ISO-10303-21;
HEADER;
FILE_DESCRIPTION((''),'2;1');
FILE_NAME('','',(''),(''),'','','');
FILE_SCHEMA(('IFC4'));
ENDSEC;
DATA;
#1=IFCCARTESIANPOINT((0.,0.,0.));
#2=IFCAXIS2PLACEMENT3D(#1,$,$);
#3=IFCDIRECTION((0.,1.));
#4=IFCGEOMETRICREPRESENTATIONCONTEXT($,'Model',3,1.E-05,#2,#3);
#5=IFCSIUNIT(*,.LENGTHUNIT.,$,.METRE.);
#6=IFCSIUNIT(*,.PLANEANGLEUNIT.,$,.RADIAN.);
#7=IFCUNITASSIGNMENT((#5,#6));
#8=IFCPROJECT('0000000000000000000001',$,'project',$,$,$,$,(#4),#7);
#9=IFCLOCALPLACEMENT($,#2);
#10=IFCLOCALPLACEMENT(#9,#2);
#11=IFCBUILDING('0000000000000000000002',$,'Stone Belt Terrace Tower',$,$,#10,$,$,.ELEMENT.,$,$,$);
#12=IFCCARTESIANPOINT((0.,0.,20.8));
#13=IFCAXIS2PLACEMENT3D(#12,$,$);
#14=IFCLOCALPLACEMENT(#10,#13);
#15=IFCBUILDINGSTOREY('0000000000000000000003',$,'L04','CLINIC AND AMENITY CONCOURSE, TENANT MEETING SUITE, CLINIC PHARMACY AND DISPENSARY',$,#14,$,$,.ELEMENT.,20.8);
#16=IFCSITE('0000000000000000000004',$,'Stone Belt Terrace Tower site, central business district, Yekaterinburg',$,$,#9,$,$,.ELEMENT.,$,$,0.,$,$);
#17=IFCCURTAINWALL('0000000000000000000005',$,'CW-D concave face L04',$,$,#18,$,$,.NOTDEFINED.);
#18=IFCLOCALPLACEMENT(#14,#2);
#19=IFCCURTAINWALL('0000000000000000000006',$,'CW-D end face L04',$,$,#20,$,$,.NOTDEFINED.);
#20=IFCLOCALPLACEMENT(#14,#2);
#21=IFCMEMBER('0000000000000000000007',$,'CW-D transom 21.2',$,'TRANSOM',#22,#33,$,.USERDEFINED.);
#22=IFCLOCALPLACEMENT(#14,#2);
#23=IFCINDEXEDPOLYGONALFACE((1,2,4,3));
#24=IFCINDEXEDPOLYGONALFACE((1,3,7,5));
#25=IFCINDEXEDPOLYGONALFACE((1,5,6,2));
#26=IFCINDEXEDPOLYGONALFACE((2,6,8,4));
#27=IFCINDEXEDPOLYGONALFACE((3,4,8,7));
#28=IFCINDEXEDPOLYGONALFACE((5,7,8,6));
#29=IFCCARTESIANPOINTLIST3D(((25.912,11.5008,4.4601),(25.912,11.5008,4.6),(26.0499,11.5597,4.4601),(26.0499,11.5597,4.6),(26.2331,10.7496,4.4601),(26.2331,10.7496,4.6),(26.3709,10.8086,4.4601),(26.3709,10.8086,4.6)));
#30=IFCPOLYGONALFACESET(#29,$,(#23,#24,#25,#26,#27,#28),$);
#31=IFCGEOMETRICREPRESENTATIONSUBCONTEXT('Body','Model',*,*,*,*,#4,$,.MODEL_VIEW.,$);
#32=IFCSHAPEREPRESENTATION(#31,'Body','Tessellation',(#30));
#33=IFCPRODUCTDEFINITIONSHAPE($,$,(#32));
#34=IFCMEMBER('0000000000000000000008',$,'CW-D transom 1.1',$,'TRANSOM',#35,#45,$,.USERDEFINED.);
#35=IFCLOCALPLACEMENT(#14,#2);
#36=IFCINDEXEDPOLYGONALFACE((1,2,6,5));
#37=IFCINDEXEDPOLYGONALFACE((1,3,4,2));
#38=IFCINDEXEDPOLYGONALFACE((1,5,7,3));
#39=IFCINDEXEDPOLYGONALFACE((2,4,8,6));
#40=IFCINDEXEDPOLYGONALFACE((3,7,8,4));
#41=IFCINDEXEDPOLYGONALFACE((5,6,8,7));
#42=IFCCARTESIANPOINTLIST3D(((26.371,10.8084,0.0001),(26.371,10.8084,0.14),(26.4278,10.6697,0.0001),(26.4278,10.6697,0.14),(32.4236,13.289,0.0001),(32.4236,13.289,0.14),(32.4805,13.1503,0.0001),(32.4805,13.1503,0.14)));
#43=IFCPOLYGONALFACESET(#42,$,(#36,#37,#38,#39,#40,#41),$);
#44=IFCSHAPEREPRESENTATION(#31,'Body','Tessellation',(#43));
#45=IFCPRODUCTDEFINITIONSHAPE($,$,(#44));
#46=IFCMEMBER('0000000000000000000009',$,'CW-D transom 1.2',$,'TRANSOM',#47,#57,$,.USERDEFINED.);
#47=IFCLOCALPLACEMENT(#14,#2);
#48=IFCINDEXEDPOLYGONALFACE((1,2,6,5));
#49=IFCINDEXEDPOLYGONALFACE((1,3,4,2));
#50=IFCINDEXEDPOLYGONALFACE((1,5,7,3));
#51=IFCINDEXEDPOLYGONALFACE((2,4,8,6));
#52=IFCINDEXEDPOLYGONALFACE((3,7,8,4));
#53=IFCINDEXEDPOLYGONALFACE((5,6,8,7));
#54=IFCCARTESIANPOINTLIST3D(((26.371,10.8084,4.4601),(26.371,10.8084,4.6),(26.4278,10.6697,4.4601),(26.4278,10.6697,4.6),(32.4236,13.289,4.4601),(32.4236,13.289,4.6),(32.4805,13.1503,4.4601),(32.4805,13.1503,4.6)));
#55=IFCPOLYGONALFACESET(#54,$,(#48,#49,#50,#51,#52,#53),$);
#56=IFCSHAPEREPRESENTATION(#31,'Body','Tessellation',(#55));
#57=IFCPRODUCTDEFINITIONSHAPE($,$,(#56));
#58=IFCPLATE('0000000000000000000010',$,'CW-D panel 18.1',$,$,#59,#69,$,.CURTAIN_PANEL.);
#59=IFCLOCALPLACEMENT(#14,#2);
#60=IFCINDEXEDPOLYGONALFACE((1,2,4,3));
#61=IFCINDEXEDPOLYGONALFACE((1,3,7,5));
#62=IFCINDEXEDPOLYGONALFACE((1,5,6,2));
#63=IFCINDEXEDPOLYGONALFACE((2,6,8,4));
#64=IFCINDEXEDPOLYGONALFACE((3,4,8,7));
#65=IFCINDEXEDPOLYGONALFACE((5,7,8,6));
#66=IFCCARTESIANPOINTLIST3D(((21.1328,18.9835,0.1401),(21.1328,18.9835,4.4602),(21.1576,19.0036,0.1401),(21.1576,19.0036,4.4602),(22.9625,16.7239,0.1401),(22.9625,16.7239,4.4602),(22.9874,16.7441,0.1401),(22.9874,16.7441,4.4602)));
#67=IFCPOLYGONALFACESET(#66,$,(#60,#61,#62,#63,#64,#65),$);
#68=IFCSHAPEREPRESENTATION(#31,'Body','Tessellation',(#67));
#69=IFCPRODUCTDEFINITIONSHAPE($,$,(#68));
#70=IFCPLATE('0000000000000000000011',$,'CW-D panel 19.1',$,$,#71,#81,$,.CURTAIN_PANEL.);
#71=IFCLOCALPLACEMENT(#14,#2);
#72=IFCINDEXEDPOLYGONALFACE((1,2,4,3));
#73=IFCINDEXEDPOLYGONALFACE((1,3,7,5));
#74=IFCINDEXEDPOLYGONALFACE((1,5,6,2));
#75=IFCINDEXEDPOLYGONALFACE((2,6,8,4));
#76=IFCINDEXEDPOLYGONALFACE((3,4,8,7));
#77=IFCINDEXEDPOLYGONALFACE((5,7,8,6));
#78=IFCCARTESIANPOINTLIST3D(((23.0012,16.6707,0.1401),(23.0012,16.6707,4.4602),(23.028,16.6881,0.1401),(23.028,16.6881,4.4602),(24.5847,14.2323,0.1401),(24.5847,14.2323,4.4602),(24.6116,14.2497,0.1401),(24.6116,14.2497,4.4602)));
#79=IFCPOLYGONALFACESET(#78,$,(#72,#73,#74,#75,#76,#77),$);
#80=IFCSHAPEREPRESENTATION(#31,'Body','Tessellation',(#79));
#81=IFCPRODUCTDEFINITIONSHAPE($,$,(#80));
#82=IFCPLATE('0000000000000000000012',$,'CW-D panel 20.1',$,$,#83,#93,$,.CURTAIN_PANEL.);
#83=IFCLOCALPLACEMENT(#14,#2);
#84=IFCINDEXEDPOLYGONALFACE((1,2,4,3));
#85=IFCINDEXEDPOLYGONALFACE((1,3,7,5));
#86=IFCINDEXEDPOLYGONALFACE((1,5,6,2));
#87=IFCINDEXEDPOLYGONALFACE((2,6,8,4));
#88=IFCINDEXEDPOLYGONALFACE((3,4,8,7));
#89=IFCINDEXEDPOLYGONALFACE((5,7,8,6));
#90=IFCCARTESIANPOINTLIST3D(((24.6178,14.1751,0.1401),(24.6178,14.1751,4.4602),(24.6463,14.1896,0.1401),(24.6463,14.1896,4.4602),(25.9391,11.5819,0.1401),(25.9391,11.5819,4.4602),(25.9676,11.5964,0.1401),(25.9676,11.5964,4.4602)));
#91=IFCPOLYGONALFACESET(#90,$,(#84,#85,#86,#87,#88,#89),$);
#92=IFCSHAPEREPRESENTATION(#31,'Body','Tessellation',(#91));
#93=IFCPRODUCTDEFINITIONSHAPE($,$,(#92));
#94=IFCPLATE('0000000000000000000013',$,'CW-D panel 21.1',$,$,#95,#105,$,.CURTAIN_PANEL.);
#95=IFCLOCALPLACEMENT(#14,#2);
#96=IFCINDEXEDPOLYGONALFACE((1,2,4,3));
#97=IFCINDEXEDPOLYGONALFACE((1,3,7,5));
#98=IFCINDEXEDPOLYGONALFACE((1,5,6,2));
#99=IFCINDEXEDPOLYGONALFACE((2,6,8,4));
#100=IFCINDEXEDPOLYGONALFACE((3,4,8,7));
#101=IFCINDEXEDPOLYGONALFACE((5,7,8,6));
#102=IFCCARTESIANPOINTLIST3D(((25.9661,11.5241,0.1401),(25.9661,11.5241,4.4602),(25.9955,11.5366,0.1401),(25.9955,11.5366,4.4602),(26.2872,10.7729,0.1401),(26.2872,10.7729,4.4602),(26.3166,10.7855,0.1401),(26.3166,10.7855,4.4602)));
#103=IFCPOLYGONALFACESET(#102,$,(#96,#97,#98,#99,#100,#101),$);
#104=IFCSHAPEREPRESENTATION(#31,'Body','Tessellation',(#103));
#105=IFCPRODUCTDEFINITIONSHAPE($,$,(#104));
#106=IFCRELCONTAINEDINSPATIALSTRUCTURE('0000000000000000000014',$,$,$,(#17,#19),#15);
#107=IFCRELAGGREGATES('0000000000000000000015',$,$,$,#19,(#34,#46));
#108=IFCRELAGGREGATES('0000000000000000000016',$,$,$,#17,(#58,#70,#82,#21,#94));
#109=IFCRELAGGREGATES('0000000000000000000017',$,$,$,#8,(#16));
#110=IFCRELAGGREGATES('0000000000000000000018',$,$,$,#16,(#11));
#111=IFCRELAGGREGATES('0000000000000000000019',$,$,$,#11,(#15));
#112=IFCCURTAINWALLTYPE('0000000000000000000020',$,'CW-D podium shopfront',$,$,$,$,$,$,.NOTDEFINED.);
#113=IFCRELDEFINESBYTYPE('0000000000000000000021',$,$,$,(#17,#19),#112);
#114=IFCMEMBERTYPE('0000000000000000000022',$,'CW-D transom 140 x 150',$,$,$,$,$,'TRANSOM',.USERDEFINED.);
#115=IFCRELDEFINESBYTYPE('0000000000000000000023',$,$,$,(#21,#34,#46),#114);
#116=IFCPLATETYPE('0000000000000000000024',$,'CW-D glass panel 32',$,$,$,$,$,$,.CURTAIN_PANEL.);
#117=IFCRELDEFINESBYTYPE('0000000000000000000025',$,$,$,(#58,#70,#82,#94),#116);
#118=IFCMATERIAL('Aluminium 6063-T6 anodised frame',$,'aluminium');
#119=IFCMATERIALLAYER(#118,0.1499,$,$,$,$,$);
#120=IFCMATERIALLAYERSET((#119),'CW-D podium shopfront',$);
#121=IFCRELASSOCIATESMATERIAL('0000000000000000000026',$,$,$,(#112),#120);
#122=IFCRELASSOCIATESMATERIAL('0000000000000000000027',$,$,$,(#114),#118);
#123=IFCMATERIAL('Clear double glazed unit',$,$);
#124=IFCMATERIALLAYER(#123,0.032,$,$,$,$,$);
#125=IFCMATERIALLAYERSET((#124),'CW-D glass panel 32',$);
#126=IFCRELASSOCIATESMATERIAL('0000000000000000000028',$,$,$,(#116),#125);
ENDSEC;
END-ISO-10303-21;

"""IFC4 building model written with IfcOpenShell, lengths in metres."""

from ifc_helpers import new_model, si_unit, direction, frame, origin, origin_2d, place, context, subcontext, project, spatial, rectangle, extrude, material, layer, layer_set, material_profile, profile_set, type_object, element, aggregate, save


model = new_model("IFC4")

# Units and contexts
model_context = context("Model", 3, precision=1e-05, world=origin(), true_north=direction((0.0, 1.0)))
body_context = subcontext(model_context, "Body", "Model", "MODEL_VIEW")
ifc_project = project(units=[si_unit("LENGTHUNIT", "METRE"), si_unit("PLANEANGLEUNIT", "RADIAN")], contexts=[model_context])

# Site, building, storey
site_placement = place(None, origin())
site = spatial("IfcSite", under=ifc_project, at=site_placement, Name="Stone Belt Terrace Tower site, central business district, Yekaterinburg", CompositionType="ELEMENT", RefElevation=0.0)
building_placement = place(site_placement, origin())
building = spatial("IfcBuilding", under=site, at=building_placement, Name="Stone Belt Terrace Tower", CompositionType="ELEMENT")
storey_placement = place(building_placement, frame((0.0, 0.0, 20.8)))
storey = spatial("IfcBuildingStorey", under=building, at=storey_placement, Name="L04", Description="CLINIC AND AMENITY CONCOURSE, TENANT MEETING SUITE, CLINIC PHARMACY AND DISPENSARY", CompositionType="ELEMENT", Elevation=20.8)

# Curtain wall
ifc_material_1 = material(Name="Aluminium 6063-T6 anodised frame", Category="aluminium")
ifc_layer_1 = layer(ifc_material_1, 0.1499)
ifc_layer_set_1 = layer_set([ifc_layer_1], Name="CW-D podium shopfront")
curtain_wall_type = type_object("IfcCurtainWallType", Name="CW-D podium shopfront", PredefinedType="NOTDEFINED", material=ifc_layer_set_1)
curtain_wall_1_placement = place(storey_placement, origin())
curtain_wall_1 = element("IfcCurtainWall", 1, at=curtain_wall_1_placement, inside=storey, type_object=curtain_wall_type, Name="CW-D concave face L04", PredefinedType="NOTDEFINED")

# Curtain wall
curtain_wall_2_placement = place(storey_placement, origin())
curtain_wall_2 = element("IfcCurtainWall", 2, at=curtain_wall_2_placement, inside=storey, type_object=curtain_wall_type, Name="CW-D end face L04", PredefinedType="NOTDEFINED")

# Members
ifc_material_profile_1 = material_profile(ifc_material_1, rectangle(XDim=0.1499, YDim=0.1399, at=origin_2d()), Name="Aluminium 6063-T6 150x140")
ifc_profile_set_1 = profile_set([ifc_material_profile_1], Name="Aluminium 6063-T6 anodised frame")
member_type_1 = type_object("IfcMemberType", Name="CW-D transom 140 x 150", ElementType="TRANSOM", PredefinedType="USERDEFINED", material=ifc_profile_set_1)
member_1_placement = place(storey_placement, frame((25.981, 11.5303, 4.53), z_axis=(0.392981, -0.919546, 0.0), x_axis=(0.919546, 0.392981, 0.0)))
member_1 = element("IfcMember", 3, at=member_1_placement, type_object=member_type_1, Name="CW-D transom 21.2", ObjectType="TRANSOM", PredefinedType="USERDEFINED", context=body_context, shape_type="SweptSolid", body=[
    extrude(rectangle(XDim=0.1499, YDim=0.1399, at=origin_2d()), origin(), (0.0, 0.0, 1.0), 0.8169),
])
member_2_placement = place(storey_placement, frame((26.3994, 10.739, 0.0701), z_axis=(0.925301, 0.379234, 0.0), x_axis=(-0.379234, 0.925301, 0.0)))
member_2 = element("IfcMember", 4, at=member_2_placement, type_object=member_type_1, Name="CW-D transom 1.1", ObjectType="TRANSOM", PredefinedType="USERDEFINED", context=body_context, shape_type="SweptSolid", body=[
    extrude(rectangle(XDim=0.1499, YDim=0.1399, at=origin_2d()), origin(), (0.0, 0.0, 1.0), 6.5413),
])
member_3_placement = place(storey_placement, frame((26.3994, 10.739, 4.53), z_axis=(0.925301, 0.379234, 0.0), x_axis=(-0.379234, 0.925301, 0.0)))
member_3 = element("IfcMember", 5, at=member_3_placement, type_object=member_type_1, Name="CW-D transom 1.2", ObjectType="TRANSOM", PredefinedType="USERDEFINED", context=body_context, shape_type="SweptSolid", body=[
    extrude(rectangle(XDim=0.1499, YDim=0.1399, at=origin_2d()), origin(), (0.0, 0.0, 1.0), 6.5413),
])
aggregate(curtain_wall_2, [member_2, member_3])

# Plates
ifc_material_2 = material(Name="Clear double glazed unit")
ifc_layer_2 = layer(ifc_material_2, 0.032)
ifc_layer_set_2 = layer_set([ifc_layer_2], Name="CW-D glass panel 32")
plate_type = type_object("IfcPlateType", Name="CW-D glass panel 32", PredefinedType="CURTAIN_PANEL", material=ifc_layer_set_2)
plate_1_placement = place(storey_placement, frame((22.0601, 17.8638, 0.1401), z_axis=(0.0, 0.0, 1.0), x_axis=(0.62932, -0.777146, 0.0)))
plate_1 = element("IfcPlate", 6, at=plate_1_placement, type_object=plate_type, Name="CW-D panel 18.1", PredefinedType="CURTAIN_PANEL", context=body_context, shape_type="SweptSolid", body=[
    extrude(rectangle(XDim=2.9075, YDim=0.032, at=origin_2d()), origin(), (0.0, 0.0, 1.0), 4.3201),
])
plate_2_placement = place(storey_placement, frame((23.8064, 15.4602, 0.1401), z_axis=(0.0, 0.0, 1.0), x_axis=(0.544639, -0.838671, 0.0)))
plate_2 = element("IfcPlate", 7, at=plate_2_placement, type_object=plate_type, Name="CW-D panel 19.1", PredefinedType="CURTAIN_PANEL", context=body_context, shape_type="SweptSolid", body=[
    extrude(rectangle(XDim=2.9075, YDim=0.032, at=origin_2d()), origin(), (0.0, 0.0, 1.0), 4.3201),
])
plate_3_placement = place(storey_placement, frame((25.2927, 12.8857, 0.1401), z_axis=(0.0, 0.0, 1.0), x_axis=(0.45399, -0.891007, 0.0)))
plate_3 = element("IfcPlate", 8, at=plate_3_placement, type_object=plate_type, Name="CW-D panel 20.1", PredefinedType="CURTAIN_PANEL", context=body_context, shape_type="SweptSolid", body=[
    extrude(rectangle(XDim=2.9104, YDim=0.032, at=origin_2d()), origin(), (0.0, 0.0, 1.0), 4.3201),
])
plate_4_placement = place(storey_placement, frame((26.1414, 11.1548, 0.1401), z_axis=(0.0, 0.0, 1.0), x_axis=(0.393034, -0.919524, 0.0)))
plate_4 = element("IfcPlate", 9, at=plate_4_placement, type_object=plate_type, Name="CW-D panel 21.1", PredefinedType="CURTAIN_PANEL", context=body_context, shape_type="SweptSolid", body=[
    extrude(rectangle(XDim=0.8169, YDim=0.032, at=origin_2d()), origin(), (0.0, 0.0, 1.0), 4.3201),
])
aggregate(curtain_wall_1, [plate_1, plate_2, plate_3, member_1, plate_4])

save(model, "model.ifc")
